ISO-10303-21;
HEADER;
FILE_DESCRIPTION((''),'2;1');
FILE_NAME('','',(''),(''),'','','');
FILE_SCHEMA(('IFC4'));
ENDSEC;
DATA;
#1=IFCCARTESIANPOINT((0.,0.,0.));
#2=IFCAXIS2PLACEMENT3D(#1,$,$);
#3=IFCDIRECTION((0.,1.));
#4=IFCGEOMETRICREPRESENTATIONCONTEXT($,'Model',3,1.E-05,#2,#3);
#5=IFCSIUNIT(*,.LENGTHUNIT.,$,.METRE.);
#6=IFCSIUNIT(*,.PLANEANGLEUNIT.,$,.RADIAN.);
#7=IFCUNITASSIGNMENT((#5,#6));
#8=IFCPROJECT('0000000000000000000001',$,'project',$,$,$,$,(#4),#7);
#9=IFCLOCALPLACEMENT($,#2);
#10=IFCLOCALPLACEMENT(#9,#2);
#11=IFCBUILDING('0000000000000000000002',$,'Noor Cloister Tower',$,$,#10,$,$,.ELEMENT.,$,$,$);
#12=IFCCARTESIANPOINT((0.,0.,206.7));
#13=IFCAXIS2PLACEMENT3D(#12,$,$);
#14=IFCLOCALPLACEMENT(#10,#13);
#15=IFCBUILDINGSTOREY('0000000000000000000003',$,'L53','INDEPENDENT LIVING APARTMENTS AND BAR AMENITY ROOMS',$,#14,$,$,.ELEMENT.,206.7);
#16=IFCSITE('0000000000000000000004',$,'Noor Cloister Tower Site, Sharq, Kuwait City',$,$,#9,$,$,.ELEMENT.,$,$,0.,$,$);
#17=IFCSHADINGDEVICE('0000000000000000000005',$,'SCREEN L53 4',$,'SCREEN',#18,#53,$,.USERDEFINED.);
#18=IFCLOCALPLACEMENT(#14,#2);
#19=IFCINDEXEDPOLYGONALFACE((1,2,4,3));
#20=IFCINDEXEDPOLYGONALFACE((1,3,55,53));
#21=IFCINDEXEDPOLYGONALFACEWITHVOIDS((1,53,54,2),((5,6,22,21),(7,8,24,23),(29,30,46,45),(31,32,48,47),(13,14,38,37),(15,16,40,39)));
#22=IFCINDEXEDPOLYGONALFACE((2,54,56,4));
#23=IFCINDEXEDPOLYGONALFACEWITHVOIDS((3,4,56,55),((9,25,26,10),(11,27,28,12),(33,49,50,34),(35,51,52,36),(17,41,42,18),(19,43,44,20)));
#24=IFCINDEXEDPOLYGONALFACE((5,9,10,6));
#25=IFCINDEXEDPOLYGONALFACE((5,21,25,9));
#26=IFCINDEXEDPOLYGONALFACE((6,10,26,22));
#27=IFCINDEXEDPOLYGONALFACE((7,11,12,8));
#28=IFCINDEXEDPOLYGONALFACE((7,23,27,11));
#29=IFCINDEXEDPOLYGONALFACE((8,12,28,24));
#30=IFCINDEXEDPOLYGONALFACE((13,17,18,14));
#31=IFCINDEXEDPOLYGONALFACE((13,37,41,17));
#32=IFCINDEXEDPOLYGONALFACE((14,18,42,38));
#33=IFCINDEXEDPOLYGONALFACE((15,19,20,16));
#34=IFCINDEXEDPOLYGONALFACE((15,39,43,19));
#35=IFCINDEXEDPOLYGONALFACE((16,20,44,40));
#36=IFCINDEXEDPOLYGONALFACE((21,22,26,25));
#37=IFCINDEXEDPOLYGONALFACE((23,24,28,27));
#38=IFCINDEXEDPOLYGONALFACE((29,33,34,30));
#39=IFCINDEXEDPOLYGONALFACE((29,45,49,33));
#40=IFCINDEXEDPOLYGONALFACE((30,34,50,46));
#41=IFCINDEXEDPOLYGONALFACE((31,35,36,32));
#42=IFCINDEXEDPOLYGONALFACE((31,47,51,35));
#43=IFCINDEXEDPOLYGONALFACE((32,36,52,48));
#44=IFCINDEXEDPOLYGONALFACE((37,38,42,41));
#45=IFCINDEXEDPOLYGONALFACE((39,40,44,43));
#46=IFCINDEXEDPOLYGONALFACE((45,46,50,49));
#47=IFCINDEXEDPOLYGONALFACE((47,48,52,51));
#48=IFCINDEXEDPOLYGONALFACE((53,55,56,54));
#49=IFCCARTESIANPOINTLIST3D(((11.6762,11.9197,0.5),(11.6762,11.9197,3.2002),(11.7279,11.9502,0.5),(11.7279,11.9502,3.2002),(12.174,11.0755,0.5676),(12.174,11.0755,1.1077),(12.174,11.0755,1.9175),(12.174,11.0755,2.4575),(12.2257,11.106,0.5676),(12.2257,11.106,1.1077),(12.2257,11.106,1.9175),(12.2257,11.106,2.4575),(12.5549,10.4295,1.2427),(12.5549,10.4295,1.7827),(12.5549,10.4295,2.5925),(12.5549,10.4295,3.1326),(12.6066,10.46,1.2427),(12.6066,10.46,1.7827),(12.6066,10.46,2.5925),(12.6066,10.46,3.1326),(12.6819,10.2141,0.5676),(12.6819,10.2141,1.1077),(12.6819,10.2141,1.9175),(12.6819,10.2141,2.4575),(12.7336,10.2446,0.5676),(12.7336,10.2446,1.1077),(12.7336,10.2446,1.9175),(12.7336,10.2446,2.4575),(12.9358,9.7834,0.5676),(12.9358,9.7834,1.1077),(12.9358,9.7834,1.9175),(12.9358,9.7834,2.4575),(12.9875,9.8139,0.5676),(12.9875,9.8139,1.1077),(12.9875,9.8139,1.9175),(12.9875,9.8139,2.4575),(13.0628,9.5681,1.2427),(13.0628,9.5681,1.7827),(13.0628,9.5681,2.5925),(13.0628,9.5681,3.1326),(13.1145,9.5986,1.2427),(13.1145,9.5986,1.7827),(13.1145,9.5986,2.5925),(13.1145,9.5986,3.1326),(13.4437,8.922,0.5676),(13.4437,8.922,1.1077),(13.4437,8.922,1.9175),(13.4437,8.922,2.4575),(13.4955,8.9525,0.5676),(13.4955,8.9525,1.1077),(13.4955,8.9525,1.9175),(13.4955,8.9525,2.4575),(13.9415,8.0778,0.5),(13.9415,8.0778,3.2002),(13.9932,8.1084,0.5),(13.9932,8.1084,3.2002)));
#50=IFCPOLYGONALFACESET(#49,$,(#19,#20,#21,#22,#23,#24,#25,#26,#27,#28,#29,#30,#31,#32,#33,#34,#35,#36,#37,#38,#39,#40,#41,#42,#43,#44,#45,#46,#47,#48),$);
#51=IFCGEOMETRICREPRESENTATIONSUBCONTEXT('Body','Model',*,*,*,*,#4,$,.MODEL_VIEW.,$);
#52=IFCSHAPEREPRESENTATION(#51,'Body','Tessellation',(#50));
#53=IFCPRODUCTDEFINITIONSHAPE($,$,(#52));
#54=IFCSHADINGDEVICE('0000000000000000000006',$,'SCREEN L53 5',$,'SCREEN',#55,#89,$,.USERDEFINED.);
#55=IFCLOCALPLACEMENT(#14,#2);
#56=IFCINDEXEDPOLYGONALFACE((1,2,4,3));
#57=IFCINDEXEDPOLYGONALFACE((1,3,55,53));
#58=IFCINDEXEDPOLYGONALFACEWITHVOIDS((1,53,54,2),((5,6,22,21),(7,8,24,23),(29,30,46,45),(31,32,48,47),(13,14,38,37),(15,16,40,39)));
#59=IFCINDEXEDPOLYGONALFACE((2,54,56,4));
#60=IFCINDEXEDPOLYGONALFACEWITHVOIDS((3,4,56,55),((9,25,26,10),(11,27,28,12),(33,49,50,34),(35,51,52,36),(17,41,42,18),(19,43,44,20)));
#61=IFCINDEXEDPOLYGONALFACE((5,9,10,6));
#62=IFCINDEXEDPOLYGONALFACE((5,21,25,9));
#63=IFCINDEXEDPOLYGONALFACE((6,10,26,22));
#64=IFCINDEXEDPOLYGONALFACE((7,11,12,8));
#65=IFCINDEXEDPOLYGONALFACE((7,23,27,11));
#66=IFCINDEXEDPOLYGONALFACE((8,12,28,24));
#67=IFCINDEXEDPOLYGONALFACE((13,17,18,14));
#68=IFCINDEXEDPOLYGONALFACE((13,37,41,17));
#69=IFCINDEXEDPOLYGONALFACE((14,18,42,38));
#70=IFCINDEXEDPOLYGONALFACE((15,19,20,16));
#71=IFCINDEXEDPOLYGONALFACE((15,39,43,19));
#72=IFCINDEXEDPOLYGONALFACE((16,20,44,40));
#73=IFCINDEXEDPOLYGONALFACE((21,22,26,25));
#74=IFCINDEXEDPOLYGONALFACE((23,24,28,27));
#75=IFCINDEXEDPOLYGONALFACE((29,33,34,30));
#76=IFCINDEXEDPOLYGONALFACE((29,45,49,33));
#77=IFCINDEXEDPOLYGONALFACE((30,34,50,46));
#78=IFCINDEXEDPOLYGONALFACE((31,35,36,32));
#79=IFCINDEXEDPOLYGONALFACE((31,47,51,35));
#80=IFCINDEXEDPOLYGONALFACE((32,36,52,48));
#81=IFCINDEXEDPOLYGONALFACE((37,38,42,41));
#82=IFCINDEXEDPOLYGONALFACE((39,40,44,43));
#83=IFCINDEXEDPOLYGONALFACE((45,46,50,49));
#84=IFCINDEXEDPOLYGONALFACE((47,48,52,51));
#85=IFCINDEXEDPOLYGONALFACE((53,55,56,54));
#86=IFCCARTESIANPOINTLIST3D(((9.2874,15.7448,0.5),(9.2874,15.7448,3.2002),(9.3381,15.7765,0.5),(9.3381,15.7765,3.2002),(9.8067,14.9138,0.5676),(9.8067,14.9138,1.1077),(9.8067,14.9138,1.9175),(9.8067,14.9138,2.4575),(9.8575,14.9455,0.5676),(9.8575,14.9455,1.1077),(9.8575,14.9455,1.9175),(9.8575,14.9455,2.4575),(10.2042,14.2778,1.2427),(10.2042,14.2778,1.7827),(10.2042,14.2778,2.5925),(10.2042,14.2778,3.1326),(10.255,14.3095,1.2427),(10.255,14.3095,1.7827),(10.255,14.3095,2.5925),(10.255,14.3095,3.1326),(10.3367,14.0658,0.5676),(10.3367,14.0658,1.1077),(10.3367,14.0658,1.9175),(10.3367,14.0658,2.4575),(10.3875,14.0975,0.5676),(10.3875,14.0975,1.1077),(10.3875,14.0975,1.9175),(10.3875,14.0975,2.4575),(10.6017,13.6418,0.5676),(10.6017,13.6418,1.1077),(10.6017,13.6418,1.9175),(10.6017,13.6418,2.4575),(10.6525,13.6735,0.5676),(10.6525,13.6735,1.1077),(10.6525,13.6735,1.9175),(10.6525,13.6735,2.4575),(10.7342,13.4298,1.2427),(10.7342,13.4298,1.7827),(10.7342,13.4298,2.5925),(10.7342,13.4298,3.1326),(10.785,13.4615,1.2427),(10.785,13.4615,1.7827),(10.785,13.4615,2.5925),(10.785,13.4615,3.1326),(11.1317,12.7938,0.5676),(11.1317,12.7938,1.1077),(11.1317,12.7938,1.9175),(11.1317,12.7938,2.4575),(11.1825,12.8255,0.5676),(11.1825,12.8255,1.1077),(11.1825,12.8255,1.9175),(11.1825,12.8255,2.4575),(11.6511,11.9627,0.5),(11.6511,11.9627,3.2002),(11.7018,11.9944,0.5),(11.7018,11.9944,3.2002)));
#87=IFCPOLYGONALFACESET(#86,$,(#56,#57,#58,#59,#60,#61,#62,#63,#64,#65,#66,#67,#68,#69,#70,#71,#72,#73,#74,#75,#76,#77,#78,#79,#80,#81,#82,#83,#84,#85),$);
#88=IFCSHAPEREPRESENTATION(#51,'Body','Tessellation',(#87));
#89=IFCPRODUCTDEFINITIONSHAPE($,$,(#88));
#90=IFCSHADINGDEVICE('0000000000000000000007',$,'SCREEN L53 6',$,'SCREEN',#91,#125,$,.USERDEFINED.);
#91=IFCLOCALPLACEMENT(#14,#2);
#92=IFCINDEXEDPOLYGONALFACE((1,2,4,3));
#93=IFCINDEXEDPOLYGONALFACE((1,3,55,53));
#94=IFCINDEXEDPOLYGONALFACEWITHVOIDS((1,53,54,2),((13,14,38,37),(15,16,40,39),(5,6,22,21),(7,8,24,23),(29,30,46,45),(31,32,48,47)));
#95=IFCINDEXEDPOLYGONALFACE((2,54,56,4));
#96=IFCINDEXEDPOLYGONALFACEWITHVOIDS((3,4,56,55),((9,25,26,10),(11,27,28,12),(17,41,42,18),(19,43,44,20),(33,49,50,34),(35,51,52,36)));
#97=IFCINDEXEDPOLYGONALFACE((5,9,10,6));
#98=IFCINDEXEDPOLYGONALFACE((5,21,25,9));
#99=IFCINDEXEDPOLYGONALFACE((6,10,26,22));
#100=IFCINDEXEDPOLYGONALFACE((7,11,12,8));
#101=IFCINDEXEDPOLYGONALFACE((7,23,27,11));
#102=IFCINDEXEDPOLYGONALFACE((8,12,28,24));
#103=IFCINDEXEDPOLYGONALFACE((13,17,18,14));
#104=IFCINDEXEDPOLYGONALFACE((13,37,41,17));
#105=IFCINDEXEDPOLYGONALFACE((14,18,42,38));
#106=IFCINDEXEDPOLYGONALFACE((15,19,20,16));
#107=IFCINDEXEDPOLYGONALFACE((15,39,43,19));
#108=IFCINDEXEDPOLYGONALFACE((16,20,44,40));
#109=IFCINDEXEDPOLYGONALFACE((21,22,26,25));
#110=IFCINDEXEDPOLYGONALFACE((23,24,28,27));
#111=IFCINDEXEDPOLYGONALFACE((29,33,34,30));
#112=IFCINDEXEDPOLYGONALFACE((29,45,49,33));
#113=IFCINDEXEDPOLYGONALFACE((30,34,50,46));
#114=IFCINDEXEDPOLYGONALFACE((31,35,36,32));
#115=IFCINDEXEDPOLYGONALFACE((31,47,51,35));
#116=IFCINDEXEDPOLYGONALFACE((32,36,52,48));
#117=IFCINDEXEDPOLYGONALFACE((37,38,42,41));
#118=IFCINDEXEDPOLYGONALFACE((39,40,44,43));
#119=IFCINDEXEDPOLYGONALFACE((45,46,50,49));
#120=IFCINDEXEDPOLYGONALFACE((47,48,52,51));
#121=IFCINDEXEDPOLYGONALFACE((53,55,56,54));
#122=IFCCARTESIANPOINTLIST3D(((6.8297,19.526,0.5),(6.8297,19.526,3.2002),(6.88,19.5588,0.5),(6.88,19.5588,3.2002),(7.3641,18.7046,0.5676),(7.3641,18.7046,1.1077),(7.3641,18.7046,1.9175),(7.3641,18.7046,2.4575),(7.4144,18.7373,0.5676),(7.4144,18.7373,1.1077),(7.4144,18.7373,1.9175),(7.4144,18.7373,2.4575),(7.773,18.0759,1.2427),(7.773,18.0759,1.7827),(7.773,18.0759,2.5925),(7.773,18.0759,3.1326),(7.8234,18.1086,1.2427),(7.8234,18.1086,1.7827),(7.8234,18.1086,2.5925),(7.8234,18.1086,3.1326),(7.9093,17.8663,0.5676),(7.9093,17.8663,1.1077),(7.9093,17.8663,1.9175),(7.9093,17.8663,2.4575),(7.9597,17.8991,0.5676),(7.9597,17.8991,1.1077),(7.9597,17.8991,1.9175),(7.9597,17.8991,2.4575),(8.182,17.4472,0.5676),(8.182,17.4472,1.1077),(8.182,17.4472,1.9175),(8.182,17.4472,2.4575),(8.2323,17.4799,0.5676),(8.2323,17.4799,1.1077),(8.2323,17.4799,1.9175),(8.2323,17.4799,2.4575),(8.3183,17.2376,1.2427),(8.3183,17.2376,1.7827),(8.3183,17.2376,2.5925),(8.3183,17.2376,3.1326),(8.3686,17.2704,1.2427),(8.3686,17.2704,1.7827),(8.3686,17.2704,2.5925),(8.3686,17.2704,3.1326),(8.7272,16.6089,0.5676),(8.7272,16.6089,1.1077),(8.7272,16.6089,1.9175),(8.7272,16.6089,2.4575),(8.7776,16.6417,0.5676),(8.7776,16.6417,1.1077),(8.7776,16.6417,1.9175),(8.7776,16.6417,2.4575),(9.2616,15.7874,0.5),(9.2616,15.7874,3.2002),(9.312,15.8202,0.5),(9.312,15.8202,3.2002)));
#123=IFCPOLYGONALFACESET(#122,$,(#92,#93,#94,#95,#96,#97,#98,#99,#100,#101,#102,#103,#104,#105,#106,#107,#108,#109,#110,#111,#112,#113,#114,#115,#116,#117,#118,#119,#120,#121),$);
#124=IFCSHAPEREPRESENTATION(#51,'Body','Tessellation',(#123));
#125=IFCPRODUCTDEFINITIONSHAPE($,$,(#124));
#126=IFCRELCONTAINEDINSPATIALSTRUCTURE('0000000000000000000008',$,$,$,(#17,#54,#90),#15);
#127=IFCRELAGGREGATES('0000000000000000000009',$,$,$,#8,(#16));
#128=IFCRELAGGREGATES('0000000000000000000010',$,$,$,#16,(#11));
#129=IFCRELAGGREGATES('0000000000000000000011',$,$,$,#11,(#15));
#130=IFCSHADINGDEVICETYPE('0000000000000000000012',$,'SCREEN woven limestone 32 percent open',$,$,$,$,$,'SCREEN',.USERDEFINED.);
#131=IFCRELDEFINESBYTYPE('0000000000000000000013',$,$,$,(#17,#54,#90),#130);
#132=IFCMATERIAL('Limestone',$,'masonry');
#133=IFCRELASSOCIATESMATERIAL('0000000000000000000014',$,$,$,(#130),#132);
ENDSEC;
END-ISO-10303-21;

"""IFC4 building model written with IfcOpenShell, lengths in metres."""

from ifc_helpers import new_model, si_unit, direction, frame, origin, place, context, subcontext, project, spatial, polyline, outline, extrude, material, material_profile, profile_set, type_object, element, save


model = new_model("IFC4")

# Units and contexts
model_context = context("Model", 3, precision=1e-05, world=origin(), true_north=direction((0.0, 1.0)))
body_context = subcontext(model_context, "Body", "Model", "MODEL_VIEW")
ifc_project = project(units=[si_unit("LENGTHUNIT", "METRE"), si_unit("PLANEANGLEUNIT", "RADIAN")], contexts=[model_context])

# Site, building, storey
site_placement = place(None, origin())
site = spatial("IfcSite", under=ifc_project, at=site_placement, Name="Noor Cloister Tower Site, Sharq, Kuwait City", CompositionType="ELEMENT", RefElevation=0.0)
building_placement = place(site_placement, origin())
building = spatial("IfcBuilding", under=site, at=building_placement, Name="Noor Cloister Tower", CompositionType="ELEMENT")
storey_placement = place(building_placement, frame((0.0, 0.0, 206.7)))
storey = spatial("IfcBuildingStorey", under=building, at=storey_placement, Name="L53", Description="INDEPENDENT LIVING APARTMENTS AND BAR AMENITY ROOMS", CompositionType="ELEMENT", Elevation=206.7)

# Shading devices
ifc_material_1 = material(Name="Limestone", Category="masonry")
ifc_material_profile_1 = material_profile(ifc_material_1, outline(polyline([(-2.23, -1.3501), (2.23, -1.3501), (2.23, 1.3501), (-2.23, 1.3501), (-2.23, -1.3501)]), holes=[polyline([(-1.25, -1.2825), (-0.25, -1.2825), (-0.25, -0.7424), (-1.25, -0.7424), (-1.25, -1.2825)]), polyline([(0.25, -1.2825), (1.25, -1.2825), (1.25, -0.7424), (0.25, -0.7424), (0.25, -1.2825)]), polyline([(-0.5, -0.6074), (0.5, -0.6074), (0.5, -0.0674), (-0.5, -0.0674), (-0.5, -0.6074)]), polyline([(-1.25, 0.0674), (-0.25, 0.0674), (-0.25, 0.6074), (-1.25, 0.6074), (-1.25, 0.0674)]), polyline([(0.25, 0.0674), (1.25, 0.0674), (1.25, 0.6074), (0.25, 0.6074), (0.25, 0.0674)]), polyline([(-0.5, 0.7424), (0.5, 0.7424), (0.5, 1.2825), (-0.5, 1.2825), (-0.5, 0.7424)])]), Name="Woven screen 32 percent open")
ifc_profile_set_1 = profile_set([ifc_material_profile_1], Name="Limestone")
shading_device_type = type_object("IfcShadingDeviceType", Name="SCREEN woven limestone 32 percent open", ElementType="SCREEN", PredefinedType="USERDEFINED", material=ifc_profile_set_1)
shading_device_1_placement = place(storey_placement, frame((12.8088, 9.9988, 1.8501), z_axis=(0.861411, 0.507908, 0.0), x_axis=(-0.507908, 0.861411, 0.0)))
element("IfcShadingDevice", 1, at=shading_device_1_placement, inside=storey, type_object=shading_device_type, Name="SCREEN L53 4", ObjectType="SCREEN", PredefinedType="USERDEFINED", context=body_context, shape_type="SweptSolid", body=[
    extrude(outline(polyline([(-2.23, -1.3501), (2.23, -1.3501), (2.23, 1.3501), (-2.23, 1.3501), (-2.23, -1.3501)]), holes=[polyline([(-1.25, -1.2825), (-0.25, -1.2825), (-0.25, -0.7424), (-1.25, -0.7424), (-1.25, -1.2825)]), polyline([(0.25, -1.2825), (1.25, -1.2825), (1.25, -0.7424), (0.25, -0.7424), (0.25, -1.2825)]), polyline([(-0.5, -0.6074), (0.5, -0.6074), (0.5, -0.0674), (-0.5, -0.0674), (-0.5, -0.6074)]), polyline([(-1.25, 0.0674), (-0.25, 0.0674), (-0.25, 0.6074), (-1.25, 0.6074), (-1.25, 0.0674)]), polyline([(0.25, 0.0674), (1.25, 0.0674), (1.25, 0.6074), (0.25, 0.6074), (0.25, 0.0674)]), polyline([(-0.5, 0.7424), (0.5, 0.7424), (0.5, 1.2825), (-0.5, 1.2825), (-0.5, 0.7424)])]), origin(), (0.0, 0.0, 1.0), 0.0601),
])
shading_device_2_placement = place(storey_placement, frame((10.4692, 13.8538, 1.8501), z_axis=(0.847998, 0.529999, 0.0), x_axis=(-0.529999, 0.847998, 0.0)))
element("IfcShadingDevice", 2, at=shading_device_2_placement, inside=storey, type_object=shading_device_type, Name="SCREEN L53 5", ObjectType="SCREEN", PredefinedType="USERDEFINED", context=body_context, shape_type="SweptSolid", body=[
    extrude(outline(polyline([(-2.23, -1.3501), (2.23, -1.3501), (2.23, 1.3501), (-2.23, 1.3501), (-2.23, -1.3501)]), holes=[polyline([(-1.25, -1.2825), (-0.25, -1.2825), (-0.25, -0.7424), (-1.25, -0.7424), (-1.25, -1.2825)]), polyline([(0.25, -1.2825), (1.25, -1.2825), (1.25, -0.7424), (0.25, -0.7424), (0.25, -1.2825)]), polyline([(-0.5, -0.6074), (0.5, -0.6074), (0.5, -0.0674), (-0.5, -0.0674), (-0.5, -0.6074)]), polyline([(-1.25, 0.0674), (-0.25, 0.0674), (-0.25, 0.6074), (-1.25, 0.6074), (-1.25, 0.0674)]), polyline([(0.25, 0.0674), (1.25, 0.0674), (1.25, 0.6074), (0.25, 0.6074), (0.25, 0.0674)]), polyline([(-0.5, 0.7424), (0.5, 0.7424), (0.5, 1.2825), (-0.5, 1.2825), (-0.5, 0.7424)])]), origin(), (0.0, 0.0, 1.0), 0.0598),
])
shading_device_3_placement = place(storey_placement, frame((8.0457, 17.6567, 1.8501), z_axis=(0.838258, 0.545274, 0.0), x_axis=(-0.545274, 0.838258, 0.0)))
element("IfcShadingDevice", 3, at=shading_device_3_placement, inside=storey, type_object=shading_device_type, Name="SCREEN L53 6", ObjectType="SCREEN", PredefinedType="USERDEFINED", context=body_context, shape_type="SweptSolid", body=[
    extrude(outline(polyline([(-2.23, -1.3501), (2.23, -1.3501), (2.23, 1.3501), (-2.23, 1.3501), (-2.23, -1.3501)]), holes=[polyline([(-1.25, -1.2825), (-0.25, -1.2825), (-0.25, -0.7424), (-1.25, -0.7424), (-1.25, -1.2825)]), polyline([(0.25, -1.2825), (1.25, -1.2825), (1.25, -0.7424), (0.25, -0.7424), (0.25, -1.2825)]), polyline([(-0.5, -0.6074), (0.5, -0.6074), (0.5, -0.0674), (-0.5, -0.0674), (-0.5, -0.6074)]), polyline([(-1.25, 0.0674), (-0.25, 0.0674), (-0.25, 0.6074), (-1.25, 0.6074), (-1.25, 0.0674)]), polyline([(0.25, 0.0674), (1.25, 0.0674), (1.25, 0.6074), (0.25, 0.6074), (0.25, 0.0674)]), polyline([(-0.5, 0.7424), (0.5, 0.7424), (0.5, 1.2825), (-0.5, 1.2825), (-0.5, 0.7424)])]), origin(), (0.0, 0.0, 1.0), 0.0601),
])

save(model, "model.ifc")
